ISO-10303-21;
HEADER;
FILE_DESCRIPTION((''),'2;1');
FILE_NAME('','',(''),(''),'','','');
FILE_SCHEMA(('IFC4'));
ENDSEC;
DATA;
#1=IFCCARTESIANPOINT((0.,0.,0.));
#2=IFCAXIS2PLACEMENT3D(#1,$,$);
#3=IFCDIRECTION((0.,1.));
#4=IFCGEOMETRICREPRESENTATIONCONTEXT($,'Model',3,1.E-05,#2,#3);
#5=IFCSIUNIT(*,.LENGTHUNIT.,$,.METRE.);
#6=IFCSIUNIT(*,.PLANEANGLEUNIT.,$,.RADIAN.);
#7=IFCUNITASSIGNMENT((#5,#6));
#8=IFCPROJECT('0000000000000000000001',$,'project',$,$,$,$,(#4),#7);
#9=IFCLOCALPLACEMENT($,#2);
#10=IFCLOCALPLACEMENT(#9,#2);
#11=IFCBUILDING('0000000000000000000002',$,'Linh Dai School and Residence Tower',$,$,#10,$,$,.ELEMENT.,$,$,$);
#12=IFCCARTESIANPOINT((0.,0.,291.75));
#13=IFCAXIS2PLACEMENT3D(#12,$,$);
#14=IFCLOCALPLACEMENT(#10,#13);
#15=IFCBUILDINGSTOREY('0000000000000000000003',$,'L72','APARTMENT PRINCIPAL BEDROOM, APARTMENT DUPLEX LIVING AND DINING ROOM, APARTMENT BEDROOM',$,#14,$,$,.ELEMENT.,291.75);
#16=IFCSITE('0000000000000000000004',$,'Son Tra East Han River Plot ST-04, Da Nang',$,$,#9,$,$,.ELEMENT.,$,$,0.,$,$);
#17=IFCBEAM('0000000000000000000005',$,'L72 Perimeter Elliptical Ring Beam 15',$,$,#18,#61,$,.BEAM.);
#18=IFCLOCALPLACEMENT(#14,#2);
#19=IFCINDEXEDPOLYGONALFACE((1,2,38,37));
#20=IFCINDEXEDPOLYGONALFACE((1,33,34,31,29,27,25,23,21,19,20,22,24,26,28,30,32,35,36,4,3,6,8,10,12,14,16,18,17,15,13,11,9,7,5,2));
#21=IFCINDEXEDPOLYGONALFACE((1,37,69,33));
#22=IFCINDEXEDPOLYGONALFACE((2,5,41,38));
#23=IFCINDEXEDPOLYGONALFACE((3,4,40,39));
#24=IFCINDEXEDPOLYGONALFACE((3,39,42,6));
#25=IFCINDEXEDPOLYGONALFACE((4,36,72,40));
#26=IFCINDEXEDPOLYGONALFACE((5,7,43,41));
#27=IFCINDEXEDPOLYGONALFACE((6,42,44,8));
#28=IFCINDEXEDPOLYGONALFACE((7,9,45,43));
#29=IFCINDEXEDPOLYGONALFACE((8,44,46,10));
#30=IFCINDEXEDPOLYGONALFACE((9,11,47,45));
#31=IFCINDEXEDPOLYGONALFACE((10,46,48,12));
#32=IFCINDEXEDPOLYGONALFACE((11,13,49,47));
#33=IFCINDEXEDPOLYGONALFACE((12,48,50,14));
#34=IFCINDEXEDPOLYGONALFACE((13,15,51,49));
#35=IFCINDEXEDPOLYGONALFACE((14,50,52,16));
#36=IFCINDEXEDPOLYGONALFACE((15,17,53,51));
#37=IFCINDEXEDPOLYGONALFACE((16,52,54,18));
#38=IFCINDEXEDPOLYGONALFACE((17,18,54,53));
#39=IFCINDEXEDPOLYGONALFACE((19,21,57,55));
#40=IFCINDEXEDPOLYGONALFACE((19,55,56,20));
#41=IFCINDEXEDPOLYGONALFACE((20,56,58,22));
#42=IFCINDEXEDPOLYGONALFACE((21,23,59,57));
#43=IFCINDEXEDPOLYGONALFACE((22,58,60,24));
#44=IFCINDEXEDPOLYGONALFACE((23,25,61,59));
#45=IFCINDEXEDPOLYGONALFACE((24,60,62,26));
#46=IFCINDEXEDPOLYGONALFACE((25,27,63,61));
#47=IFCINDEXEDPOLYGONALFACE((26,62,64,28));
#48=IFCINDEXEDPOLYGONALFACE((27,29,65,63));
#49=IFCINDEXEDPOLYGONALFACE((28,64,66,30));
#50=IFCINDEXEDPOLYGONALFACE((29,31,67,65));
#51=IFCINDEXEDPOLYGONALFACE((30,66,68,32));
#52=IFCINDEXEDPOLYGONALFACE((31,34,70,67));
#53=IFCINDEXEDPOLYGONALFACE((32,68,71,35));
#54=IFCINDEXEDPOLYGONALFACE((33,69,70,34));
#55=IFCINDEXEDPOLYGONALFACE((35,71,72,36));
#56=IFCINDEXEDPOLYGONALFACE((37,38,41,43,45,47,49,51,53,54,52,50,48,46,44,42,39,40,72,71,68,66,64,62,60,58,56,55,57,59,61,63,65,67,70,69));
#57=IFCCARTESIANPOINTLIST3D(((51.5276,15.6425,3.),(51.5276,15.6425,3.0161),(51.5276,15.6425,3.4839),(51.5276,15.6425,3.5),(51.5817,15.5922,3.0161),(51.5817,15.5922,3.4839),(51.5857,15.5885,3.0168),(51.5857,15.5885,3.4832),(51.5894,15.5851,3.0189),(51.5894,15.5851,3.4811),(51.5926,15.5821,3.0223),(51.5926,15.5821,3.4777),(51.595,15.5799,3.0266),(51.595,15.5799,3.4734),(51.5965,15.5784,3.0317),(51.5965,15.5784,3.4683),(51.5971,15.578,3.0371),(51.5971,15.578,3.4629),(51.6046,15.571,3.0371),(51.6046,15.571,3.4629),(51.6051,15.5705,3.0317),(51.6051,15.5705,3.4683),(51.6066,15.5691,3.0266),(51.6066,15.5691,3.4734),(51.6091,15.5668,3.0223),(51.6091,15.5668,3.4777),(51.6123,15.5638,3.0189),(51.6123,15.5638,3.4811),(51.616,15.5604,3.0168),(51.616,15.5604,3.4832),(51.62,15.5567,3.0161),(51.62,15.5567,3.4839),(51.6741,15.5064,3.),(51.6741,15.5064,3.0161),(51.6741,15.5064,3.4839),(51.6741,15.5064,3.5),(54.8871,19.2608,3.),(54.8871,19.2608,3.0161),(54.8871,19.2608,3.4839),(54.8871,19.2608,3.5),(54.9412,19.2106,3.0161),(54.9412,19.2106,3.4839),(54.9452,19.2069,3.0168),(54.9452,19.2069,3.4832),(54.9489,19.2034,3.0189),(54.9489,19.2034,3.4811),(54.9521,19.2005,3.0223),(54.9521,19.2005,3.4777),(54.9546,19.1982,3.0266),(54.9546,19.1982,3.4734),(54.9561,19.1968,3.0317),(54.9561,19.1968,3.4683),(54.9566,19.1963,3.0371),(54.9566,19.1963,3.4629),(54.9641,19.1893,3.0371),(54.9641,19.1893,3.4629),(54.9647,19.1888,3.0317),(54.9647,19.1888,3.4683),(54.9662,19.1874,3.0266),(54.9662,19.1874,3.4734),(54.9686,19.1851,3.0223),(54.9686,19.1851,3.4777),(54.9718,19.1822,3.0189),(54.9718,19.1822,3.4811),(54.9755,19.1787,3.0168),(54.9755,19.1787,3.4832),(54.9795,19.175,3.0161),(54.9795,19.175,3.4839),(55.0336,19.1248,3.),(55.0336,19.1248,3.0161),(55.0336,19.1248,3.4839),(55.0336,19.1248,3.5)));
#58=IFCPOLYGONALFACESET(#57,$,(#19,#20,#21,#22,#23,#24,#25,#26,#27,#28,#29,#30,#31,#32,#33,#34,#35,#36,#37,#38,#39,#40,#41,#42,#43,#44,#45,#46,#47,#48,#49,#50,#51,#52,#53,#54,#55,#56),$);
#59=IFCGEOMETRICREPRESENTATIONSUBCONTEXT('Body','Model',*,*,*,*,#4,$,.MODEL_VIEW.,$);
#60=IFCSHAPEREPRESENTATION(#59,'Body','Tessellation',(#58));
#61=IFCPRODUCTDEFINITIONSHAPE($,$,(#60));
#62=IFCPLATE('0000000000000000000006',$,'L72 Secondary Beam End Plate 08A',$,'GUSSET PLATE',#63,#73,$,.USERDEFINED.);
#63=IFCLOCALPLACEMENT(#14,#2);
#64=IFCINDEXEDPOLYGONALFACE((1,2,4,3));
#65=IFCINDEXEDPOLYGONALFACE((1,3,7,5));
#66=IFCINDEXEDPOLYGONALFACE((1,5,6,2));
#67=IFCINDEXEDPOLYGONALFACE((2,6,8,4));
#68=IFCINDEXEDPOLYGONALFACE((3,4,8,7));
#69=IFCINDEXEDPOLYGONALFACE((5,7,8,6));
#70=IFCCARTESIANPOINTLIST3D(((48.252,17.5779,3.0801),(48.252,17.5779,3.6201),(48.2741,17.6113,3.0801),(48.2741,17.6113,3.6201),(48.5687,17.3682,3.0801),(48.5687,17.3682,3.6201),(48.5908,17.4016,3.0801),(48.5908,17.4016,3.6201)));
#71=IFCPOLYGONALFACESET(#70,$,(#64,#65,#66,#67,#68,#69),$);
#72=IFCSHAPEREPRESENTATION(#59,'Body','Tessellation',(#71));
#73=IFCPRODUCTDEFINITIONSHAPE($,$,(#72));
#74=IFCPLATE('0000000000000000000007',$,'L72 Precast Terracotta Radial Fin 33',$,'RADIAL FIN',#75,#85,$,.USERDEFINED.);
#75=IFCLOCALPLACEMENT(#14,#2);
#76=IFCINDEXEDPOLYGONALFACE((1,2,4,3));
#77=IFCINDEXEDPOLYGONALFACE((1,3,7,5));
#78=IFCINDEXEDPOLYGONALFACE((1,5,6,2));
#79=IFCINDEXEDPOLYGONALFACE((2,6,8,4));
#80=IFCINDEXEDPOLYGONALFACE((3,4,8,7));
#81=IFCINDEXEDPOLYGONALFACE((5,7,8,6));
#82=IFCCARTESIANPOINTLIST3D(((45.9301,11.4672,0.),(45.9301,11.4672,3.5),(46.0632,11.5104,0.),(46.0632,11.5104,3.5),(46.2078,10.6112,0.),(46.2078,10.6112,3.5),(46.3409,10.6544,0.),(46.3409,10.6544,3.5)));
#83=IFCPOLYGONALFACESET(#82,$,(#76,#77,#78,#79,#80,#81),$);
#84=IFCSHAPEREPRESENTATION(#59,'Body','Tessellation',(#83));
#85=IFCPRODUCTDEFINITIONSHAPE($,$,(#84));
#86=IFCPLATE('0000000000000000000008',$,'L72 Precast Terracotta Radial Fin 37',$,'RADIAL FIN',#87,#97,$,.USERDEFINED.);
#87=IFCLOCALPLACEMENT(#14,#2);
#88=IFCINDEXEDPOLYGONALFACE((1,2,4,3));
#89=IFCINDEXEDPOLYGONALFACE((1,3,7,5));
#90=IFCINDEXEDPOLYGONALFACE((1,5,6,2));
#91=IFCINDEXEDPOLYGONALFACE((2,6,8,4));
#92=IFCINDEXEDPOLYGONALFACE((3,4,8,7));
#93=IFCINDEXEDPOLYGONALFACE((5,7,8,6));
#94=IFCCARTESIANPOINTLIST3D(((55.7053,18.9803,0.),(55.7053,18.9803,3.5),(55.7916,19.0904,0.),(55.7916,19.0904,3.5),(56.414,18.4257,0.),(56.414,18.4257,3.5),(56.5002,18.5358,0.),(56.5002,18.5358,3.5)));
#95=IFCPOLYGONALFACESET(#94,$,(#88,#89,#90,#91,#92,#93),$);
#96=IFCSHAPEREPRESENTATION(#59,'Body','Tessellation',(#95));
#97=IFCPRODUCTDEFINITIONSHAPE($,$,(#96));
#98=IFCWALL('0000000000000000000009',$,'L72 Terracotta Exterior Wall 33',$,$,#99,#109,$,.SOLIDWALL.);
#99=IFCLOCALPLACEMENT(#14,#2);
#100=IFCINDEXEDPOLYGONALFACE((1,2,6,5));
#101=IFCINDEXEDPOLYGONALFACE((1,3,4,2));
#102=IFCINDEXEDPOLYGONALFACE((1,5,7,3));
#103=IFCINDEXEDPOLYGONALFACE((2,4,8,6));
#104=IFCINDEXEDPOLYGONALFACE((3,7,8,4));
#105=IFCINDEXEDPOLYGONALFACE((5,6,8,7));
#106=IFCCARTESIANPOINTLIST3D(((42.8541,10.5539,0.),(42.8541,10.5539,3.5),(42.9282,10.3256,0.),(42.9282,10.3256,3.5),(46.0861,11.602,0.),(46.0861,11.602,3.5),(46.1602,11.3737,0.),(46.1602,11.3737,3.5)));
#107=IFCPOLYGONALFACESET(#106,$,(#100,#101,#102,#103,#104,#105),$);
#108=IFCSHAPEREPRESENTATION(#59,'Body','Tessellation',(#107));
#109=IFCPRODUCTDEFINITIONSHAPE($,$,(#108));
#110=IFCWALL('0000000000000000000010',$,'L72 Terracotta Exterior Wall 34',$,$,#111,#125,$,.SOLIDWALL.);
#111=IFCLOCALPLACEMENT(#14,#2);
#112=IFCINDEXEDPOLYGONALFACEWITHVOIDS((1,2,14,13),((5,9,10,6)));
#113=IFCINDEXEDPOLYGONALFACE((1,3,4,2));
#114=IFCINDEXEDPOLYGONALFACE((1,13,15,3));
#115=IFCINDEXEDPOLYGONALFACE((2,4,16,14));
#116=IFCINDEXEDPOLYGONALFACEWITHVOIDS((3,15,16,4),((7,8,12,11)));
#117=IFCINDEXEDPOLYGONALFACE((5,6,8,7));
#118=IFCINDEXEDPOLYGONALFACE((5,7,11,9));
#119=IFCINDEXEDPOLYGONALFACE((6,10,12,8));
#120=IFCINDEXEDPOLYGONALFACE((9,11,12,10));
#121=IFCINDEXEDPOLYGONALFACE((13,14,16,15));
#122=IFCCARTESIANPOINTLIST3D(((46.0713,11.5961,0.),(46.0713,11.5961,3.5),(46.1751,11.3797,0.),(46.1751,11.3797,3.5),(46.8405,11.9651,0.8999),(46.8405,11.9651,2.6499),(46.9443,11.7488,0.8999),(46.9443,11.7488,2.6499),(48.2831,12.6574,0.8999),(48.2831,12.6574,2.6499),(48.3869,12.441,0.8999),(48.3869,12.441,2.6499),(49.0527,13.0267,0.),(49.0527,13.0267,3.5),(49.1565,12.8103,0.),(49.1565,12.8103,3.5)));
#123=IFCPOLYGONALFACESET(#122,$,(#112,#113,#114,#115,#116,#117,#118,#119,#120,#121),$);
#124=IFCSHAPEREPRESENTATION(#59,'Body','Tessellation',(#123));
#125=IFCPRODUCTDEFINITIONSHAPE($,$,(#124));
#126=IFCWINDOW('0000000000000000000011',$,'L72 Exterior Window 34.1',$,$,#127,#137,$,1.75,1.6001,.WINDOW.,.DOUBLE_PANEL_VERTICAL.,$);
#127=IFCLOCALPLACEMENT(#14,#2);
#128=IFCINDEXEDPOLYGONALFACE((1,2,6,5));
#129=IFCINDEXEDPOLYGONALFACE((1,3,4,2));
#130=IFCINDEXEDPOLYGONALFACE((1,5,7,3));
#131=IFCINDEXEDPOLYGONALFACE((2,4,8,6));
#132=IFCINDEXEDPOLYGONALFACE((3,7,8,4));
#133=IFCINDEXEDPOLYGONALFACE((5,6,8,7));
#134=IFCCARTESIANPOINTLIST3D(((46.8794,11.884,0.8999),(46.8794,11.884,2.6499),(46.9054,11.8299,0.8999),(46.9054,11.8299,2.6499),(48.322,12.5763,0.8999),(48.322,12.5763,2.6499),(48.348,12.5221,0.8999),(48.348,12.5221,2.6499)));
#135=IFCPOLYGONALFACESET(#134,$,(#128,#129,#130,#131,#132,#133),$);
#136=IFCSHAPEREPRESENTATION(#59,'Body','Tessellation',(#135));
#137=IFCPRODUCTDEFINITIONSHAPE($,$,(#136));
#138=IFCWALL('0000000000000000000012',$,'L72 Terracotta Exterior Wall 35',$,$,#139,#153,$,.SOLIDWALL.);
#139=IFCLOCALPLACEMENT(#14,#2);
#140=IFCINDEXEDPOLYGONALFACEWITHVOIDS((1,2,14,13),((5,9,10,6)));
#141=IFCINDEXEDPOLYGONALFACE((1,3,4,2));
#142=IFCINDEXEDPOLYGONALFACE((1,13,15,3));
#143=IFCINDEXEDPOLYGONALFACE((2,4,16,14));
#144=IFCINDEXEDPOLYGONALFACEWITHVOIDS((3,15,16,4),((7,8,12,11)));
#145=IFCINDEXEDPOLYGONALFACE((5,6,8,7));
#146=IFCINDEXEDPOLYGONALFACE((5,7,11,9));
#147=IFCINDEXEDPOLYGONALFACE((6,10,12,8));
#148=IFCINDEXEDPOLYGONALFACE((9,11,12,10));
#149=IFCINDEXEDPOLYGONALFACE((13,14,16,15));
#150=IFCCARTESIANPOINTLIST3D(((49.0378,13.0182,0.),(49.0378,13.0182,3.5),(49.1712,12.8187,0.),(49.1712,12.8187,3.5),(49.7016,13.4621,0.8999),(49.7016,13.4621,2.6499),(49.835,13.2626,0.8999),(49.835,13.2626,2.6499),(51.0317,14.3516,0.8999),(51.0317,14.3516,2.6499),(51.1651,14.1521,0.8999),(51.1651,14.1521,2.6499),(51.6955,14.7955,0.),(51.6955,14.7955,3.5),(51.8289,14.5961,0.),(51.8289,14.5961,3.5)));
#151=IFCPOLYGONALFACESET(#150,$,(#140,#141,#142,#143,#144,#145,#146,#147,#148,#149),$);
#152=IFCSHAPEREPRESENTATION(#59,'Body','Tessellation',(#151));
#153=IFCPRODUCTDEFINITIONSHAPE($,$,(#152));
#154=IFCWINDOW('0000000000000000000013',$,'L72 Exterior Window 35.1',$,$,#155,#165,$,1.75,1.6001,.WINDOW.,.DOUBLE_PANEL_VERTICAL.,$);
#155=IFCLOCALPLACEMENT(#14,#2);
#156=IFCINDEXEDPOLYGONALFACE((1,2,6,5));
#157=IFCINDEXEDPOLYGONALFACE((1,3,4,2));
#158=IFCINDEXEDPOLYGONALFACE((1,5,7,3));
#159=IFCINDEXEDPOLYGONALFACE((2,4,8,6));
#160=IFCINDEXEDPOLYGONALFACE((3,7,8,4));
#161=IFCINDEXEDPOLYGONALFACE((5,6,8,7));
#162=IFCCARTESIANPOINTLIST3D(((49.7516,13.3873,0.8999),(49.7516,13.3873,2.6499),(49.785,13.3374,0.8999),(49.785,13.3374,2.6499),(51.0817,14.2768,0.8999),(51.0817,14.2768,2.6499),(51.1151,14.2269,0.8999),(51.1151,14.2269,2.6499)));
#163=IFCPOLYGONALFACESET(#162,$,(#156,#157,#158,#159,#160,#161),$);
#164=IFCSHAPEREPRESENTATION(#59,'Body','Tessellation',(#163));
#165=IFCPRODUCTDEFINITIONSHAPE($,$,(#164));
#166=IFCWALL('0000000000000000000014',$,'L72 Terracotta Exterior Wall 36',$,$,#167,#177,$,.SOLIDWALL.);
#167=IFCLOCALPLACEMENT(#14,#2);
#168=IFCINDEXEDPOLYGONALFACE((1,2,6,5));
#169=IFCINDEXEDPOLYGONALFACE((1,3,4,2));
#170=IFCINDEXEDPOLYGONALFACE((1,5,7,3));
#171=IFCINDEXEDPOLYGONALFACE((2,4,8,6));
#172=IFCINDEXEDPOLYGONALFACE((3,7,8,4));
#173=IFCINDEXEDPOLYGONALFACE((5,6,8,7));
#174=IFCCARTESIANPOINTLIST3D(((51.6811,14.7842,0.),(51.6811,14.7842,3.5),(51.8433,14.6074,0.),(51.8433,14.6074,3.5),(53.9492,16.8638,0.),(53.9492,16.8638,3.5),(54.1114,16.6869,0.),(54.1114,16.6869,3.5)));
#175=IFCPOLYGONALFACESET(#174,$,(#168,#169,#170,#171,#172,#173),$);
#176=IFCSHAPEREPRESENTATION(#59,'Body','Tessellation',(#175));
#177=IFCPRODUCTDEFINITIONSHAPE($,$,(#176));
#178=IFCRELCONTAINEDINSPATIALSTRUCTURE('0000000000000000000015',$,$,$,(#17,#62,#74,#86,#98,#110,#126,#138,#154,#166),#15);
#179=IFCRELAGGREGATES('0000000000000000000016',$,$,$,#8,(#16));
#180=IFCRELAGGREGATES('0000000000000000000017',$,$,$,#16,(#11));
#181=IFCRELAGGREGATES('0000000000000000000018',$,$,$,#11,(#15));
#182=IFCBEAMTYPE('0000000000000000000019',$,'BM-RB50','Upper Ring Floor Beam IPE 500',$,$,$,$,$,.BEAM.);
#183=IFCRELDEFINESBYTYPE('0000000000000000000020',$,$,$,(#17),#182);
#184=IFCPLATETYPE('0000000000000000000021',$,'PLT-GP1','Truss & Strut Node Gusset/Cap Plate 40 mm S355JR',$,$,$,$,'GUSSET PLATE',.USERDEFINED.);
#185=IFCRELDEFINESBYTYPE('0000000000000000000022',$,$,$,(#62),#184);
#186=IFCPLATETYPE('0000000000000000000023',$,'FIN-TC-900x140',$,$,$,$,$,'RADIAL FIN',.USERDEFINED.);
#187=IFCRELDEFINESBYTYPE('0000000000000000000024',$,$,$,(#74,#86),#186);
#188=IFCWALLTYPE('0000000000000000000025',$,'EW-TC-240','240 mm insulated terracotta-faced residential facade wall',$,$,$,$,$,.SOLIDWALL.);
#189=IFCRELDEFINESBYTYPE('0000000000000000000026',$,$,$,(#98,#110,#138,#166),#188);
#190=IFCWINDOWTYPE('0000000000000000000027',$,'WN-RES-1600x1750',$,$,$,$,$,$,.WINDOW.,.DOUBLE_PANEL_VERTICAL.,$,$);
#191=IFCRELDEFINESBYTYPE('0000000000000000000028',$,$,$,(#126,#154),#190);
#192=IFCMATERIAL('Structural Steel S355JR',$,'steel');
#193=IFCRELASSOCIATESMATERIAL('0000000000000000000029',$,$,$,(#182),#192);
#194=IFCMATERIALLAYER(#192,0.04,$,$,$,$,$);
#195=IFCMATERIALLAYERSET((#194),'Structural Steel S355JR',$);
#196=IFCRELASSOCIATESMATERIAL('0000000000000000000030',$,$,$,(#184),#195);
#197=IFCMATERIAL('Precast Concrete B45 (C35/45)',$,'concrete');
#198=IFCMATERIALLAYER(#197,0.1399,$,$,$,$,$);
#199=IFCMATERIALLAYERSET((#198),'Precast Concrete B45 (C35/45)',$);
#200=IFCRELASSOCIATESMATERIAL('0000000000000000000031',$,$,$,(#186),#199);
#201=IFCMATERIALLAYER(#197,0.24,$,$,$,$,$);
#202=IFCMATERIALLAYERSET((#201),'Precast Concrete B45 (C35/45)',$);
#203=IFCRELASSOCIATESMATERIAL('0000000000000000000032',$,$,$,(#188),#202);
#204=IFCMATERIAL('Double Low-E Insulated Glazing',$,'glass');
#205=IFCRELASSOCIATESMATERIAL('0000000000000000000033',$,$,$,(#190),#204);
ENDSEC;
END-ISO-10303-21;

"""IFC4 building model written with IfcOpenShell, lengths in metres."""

from ifc_helpers import new_model, si_unit, direction, frame, frame_2d, origin, origin_2d, place, context, subcontext, project, spatial, rectangle, i_section, extrude, source, transform, mapped, material, layer, layer_set, material_profile, profile_set, type_object, element, fill, save


model = new_model("IFC4")

# Units and contexts
model_context = context("Model", 3, precision=1e-05, world=origin(), true_north=direction((0.0, 1.0)))
body_context = subcontext(model_context, "Body", "Model", "MODEL_VIEW")
ifc_project = project(units=[si_unit("LENGTHUNIT", "METRE"), si_unit("PLANEANGLEUNIT", "RADIAN")], contexts=[model_context])

# Site, building, storey
site_placement = place(None, origin())
site = spatial("IfcSite", under=ifc_project, at=site_placement, Name="Son Tra East Han River Plot ST-04, Da Nang", CompositionType="ELEMENT", RefElevation=0.0)
building_placement = place(site_placement, origin())
building = spatial("IfcBuilding", under=site, at=building_placement, Name="Linh Dai School and Residence Tower", CompositionType="ELEMENT")
storey_placement = place(building_placement, frame((0.0, 0.0, 291.75)))
storey = spatial("IfcBuildingStorey", under=building, at=storey_placement, Name="L72", Description="APARTMENT PRINCIPAL BEDROOM, APARTMENT DUPLEX LIVING AND DINING ROOM, APARTMENT BEDROOM", CompositionType="ELEMENT", Elevation=291.75)

# Shared definitions
ifc_material_1 = material(Name="Structural Steel S355JR", Category="steel")

# Beam
ifc_material_profile_1 = material_profile(ifc_material_1, i_section(OverallWidth=0.2, OverallDepth=0.5, WebThickness=0.0103, FlangeThickness=0.0161, FilletRadius=0.021, at=origin_2d()), Name="IPE 500")
ifc_profile_set_1 = profile_set([ifc_material_profile_1], Name="Structural Steel S355JR")
beam_type_1 = type_object("IfcBeamType", Name="BM-RB50", Description="Upper Ring Floor Beam IPE 500", PredefinedType="BEAM", material=ifc_profile_set_1)
beam_1_placement = place(storey_placement, frame((51.6008, 15.5745, 3.25), z_axis=(0.680415, 0.732827, 0.0), x_axis=(-0.732827, 0.680415, 0.0)))
element("IfcBeam", 1, at=beam_1_placement, inside=storey, type_object=beam_type_1, Name="L72 Perimeter Elliptical Ring Beam 15", PredefinedType="BEAM", context=body_context, shape_type="SweptSolid", body=[
    extrude(i_section(OverallWidth=0.2, OverallDepth=0.5, WebThickness=0.0103, FlangeThickness=0.0161, FilletRadius=0.021, at=origin_2d()), origin(), (0.0, 0.0, 1.0), 4.9375),
])

# Plates
ifc_layer_1 = layer(ifc_material_1, 0.04)
ifc_layer_set_1 = layer_set([ifc_layer_1], Name="Structural Steel S355JR")
plate_type_1 = type_object("IfcPlateType", Name="PLT-GP1", Description="Truss & Strut Node Gusset/Cap Plate 40 mm S355JR", ElementType="GUSSET PLATE", PredefinedType="USERDEFINED", material=ifc_layer_set_1)
shared_shape_1 = source(origin(), body_context, "Body", "SweptSolid", [
    extrude(rectangle(XDim=0.04, YDim=0.3799, at=origin_2d()), origin(), (0.0, 0.0, 1.0), 0.54),
])
plate_placement = place(storey_placement, frame((48.4214, 17.4897, 3.0801), z_axis=(0.0, 0.0, 1.0), x_axis=(0.552122, 0.833763, 0.0)))
element("IfcPlate", 2, at=plate_placement, inside=storey, type_object=plate_type_1, Name="L72 Secondary Beam End Plate 08A", ObjectType="GUSSET PLATE", PredefinedType="USERDEFINED", context=body_context, shape_type="MappedRepresentation", body=[
    mapped(shared_shape_1, transform((0.0, 0.0, 0.0), x_axis=(1.0, 0.0, 0.0), y_axis=(0.0, 1.0, 0.0), z_axis=(0.0, 0.0, 1.0), scale=1.0)),
])
ifc_material_2 = material(Name="Precast Concrete B45 (C35/45)", Category="concrete")
ifc_layer_2 = layer(ifc_material_2, 0.1399)
ifc_layer_set_2 = layer_set([ifc_layer_2], Name="Precast Concrete B45 (C35/45)")
plate_type_2 = type_object("IfcPlateType", Name="FIN-TC-900x140", ElementType="RADIAL FIN", PredefinedType="USERDEFINED", material=ifc_layer_set_2)
shared_shape_2 = source(origin(), body_context, "Body", "SweptSolid", [
    extrude(rectangle(XDim=0.8999, YDim=0.1399, at=origin_2d()), origin(), (0.0, 0.0, 1.0), 3.5),
])
for number, where, z_axis, x_axis, name in (
    (3, (46.1355, 11.0608, 0.0), (0.0, 0.0, 1.0), (0.308519, -0.951218, 0.0), "L72 Precast Terracotta Radial Fin 33"),
    (4, (56.1028, 18.7581, 0.0), (0.0, 0.0, 1.0), (0.787503, -0.616311, 0.0), "L72 Precast Terracotta Radial Fin 37"),
):
    element("IfcPlate", number, at=place(storey_placement, frame(where, z_axis=z_axis, x_axis=x_axis)), inside=storey, type_object=plate_type_2, Name=name, ObjectType="RADIAL FIN", PredefinedType="USERDEFINED", context=body_context, shape_type="MappedRepresentation", body=[
        mapped(shared_shape_2, transform((0.0, 0.0, 0.0), x_axis=(1.0, 0.0, 0.0), y_axis=(0.0, 1.0, 0.0), z_axis=(0.0, 0.0, 1.0), scale=1.0)),
    ])

# Wall
ifc_layer_3 = layer(ifc_material_2, 0.24)
ifc_layer_set_3 = layer_set([ifc_layer_3], Name="Precast Concrete B45 (C35/45)")
wall_type_1 = type_object("IfcWallType", Name="EW-TC-240", Description="240 mm insulated terracotta-faced residential facade wall", PredefinedType="SOLIDWALL", material=ifc_layer_set_3)
wall_1_placement = place(storey_placement, frame((46.123, 11.4878, 0.0), z_axis=(0.0, 0.0, 1.0), x_axis=(-0.951231, -0.308478, 0.0)))
element("IfcWall", 5, at=wall_1_placement, inside=storey, type_object=wall_type_1, Name="L72 Terracotta Exterior Wall 33", PredefinedType="SOLIDWALL", context=body_context, shape_type="SweptSolid", body=[
    extrude(rectangle(XDim=3.3977, YDim=0.24, at=frame_2d((1.6987, 0.0))), origin(), (0.0, 0.0, 1.0), 3.5),
])

# Walls, openings, windows
wall_2_placement = place(storey_placement, frame((49.1045, 12.9185, 0.0), z_axis=(0.0, 0.0, 1.0), x_axis=(-0.901574, -0.432625, 0.0)))
wall_2 = element("IfcWall", 6, at=wall_2_placement, inside=storey, type_object=wall_type_1, Name="L72 Terracotta Exterior Wall 34", PredefinedType="SOLIDWALL", context=body_context, shape_type="SweptSolid", body=[
    extrude(rectangle(XDim=3.3069, YDim=0.24, at=frame_2d((1.6533, 0.0))), origin(), (0.0, 0.0, 1.0), 3.5),
])
opening_1_placement = place(wall_2_placement, frame((0.8535, 0.0, 0.8999)))
opening_1 = element("IfcOpeningElement", 7, at=opening_1_placement, cuts=wall_2, PredefinedType="OPENING", context=body_context, shape_type="SweptSolid", body=[
    extrude(rectangle(XDim=1.6001, YDim=1.75, at=origin_2d()), frame((0.8, 0.1299, 0.875), z_axis=(0.0, -1.0, 0.0), x_axis=(1.0, 0.0, 0.0)), (0.0, 0.0, 1.0), 0.26),
])
ifc_material_3 = material(Name="Double Low-E Insulated Glazing", Category="glass")
window_type_1 = type_object("IfcWindowType", Name="WN-RES-1600x1750", PartitioningType="DOUBLE_PANEL_VERTICAL", PredefinedType="WINDOW", material=ifc_material_3)
shared_shape_3 = source(origin(), body_context, "Body", "SweptSolid", [
    extrude(rectangle(XDim=1.6001, YDim=1.75, at=origin_2d()), frame((0.8, 0.03, 0.875), z_axis=(0.0, -1.0, 0.0), x_axis=(1.0, 0.0, 0.0)), (0.0, 0.0, 1.0), 0.0601),
])
window_1_placement = place(opening_1_placement, origin())
window_1 = element("IfcWindow", 8, at=window_1_placement, inside=storey, type_object=window_type_1, Name="L72 Exterior Window 34.1", OverallHeight=1.75, OverallWidth=1.6001, PartitioningType="DOUBLE_PANEL_VERTICAL", PredefinedType="WINDOW", context=body_context, shape_type="MappedRepresentation", body=[
    mapped(shared_shape_3, transform((0.0, 0.0, 0.0), x_axis=(1.0, 0.0, 0.0), y_axis=(0.0, 1.0, 0.0), z_axis=(0.0, 0.0, 1.0), scale=1.0)),
])
fill(opening_1, window_1)
wall_3_placement = place(storey_placement, frame((51.7622, 14.6958, 0.0), z_axis=(0.0, 0.0, 1.0), x_axis=(-0.831251, -0.555898, 0.0)))
wall_3 = element("IfcWall", 9, at=wall_3_placement, inside=storey, type_object=wall_type_1, Name="L72 Terracotta Exterior Wall 35", PredefinedType="SOLIDWALL", context=body_context, shape_type="SweptSolid", body=[
    extrude(rectangle(XDim=3.1973, YDim=0.24, at=frame_2d((1.5986, 0.0))), origin(), (0.0, 0.0, 1.0), 3.5),
])
opening_2_placement = place(wall_3_placement, frame((0.7986, 0.0, 0.8999)))
opening_2 = element("IfcOpeningElement", 10, at=opening_2_placement, cuts=wall_3, PredefinedType="OPENING", context=body_context, shape_type="SweptSolid", body=[
    extrude(rectangle(XDim=1.6001, YDim=1.75, at=origin_2d()), frame((0.8, 0.1299, 0.875), z_axis=(0.0, -1.0, 0.0), x_axis=(1.0, 0.0, 0.0)), (0.0, 0.0, 1.0), 0.26),
])
window_2_placement = place(opening_2_placement, origin())
window_2 = element("IfcWindow", 11, at=window_2_placement, inside=storey, type_object=window_type_1, Name="L72 Exterior Window 35.1", OverallHeight=1.75, OverallWidth=1.6001, PartitioningType="DOUBLE_PANEL_VERTICAL", PredefinedType="WINDOW", context=body_context, shape_type="MappedRepresentation", body=[
    mapped(shared_shape_3, transform((0.0, 0.0, 0.0), x_axis=(1.0, 0.0, 0.0), y_axis=(0.0, 1.0, 0.0), z_axis=(0.0, 0.0, 1.0), scale=1.0)),
])
fill(opening_2, window_2)

# Wall
wall_4_placement = place(storey_placement, frame((54.0303, 16.7754, 0.0), z_axis=(0.0, 0.0, 1.0), x_axis=(-0.737069, -0.675818, 0.0)))
element("IfcWall", 12, at=wall_4_placement, inside=storey, type_object=wall_type_1, Name="L72 Terracotta Exterior Wall 36", PredefinedType="SOLIDWALL", context=body_context, shape_type="SweptSolid", body=[
    extrude(rectangle(XDim=3.0771, YDim=0.24, at=frame_2d((1.5386, 0.0))), origin(), (0.0, 0.0, 1.0), 3.5),
])

save(model, "model.ifc")
